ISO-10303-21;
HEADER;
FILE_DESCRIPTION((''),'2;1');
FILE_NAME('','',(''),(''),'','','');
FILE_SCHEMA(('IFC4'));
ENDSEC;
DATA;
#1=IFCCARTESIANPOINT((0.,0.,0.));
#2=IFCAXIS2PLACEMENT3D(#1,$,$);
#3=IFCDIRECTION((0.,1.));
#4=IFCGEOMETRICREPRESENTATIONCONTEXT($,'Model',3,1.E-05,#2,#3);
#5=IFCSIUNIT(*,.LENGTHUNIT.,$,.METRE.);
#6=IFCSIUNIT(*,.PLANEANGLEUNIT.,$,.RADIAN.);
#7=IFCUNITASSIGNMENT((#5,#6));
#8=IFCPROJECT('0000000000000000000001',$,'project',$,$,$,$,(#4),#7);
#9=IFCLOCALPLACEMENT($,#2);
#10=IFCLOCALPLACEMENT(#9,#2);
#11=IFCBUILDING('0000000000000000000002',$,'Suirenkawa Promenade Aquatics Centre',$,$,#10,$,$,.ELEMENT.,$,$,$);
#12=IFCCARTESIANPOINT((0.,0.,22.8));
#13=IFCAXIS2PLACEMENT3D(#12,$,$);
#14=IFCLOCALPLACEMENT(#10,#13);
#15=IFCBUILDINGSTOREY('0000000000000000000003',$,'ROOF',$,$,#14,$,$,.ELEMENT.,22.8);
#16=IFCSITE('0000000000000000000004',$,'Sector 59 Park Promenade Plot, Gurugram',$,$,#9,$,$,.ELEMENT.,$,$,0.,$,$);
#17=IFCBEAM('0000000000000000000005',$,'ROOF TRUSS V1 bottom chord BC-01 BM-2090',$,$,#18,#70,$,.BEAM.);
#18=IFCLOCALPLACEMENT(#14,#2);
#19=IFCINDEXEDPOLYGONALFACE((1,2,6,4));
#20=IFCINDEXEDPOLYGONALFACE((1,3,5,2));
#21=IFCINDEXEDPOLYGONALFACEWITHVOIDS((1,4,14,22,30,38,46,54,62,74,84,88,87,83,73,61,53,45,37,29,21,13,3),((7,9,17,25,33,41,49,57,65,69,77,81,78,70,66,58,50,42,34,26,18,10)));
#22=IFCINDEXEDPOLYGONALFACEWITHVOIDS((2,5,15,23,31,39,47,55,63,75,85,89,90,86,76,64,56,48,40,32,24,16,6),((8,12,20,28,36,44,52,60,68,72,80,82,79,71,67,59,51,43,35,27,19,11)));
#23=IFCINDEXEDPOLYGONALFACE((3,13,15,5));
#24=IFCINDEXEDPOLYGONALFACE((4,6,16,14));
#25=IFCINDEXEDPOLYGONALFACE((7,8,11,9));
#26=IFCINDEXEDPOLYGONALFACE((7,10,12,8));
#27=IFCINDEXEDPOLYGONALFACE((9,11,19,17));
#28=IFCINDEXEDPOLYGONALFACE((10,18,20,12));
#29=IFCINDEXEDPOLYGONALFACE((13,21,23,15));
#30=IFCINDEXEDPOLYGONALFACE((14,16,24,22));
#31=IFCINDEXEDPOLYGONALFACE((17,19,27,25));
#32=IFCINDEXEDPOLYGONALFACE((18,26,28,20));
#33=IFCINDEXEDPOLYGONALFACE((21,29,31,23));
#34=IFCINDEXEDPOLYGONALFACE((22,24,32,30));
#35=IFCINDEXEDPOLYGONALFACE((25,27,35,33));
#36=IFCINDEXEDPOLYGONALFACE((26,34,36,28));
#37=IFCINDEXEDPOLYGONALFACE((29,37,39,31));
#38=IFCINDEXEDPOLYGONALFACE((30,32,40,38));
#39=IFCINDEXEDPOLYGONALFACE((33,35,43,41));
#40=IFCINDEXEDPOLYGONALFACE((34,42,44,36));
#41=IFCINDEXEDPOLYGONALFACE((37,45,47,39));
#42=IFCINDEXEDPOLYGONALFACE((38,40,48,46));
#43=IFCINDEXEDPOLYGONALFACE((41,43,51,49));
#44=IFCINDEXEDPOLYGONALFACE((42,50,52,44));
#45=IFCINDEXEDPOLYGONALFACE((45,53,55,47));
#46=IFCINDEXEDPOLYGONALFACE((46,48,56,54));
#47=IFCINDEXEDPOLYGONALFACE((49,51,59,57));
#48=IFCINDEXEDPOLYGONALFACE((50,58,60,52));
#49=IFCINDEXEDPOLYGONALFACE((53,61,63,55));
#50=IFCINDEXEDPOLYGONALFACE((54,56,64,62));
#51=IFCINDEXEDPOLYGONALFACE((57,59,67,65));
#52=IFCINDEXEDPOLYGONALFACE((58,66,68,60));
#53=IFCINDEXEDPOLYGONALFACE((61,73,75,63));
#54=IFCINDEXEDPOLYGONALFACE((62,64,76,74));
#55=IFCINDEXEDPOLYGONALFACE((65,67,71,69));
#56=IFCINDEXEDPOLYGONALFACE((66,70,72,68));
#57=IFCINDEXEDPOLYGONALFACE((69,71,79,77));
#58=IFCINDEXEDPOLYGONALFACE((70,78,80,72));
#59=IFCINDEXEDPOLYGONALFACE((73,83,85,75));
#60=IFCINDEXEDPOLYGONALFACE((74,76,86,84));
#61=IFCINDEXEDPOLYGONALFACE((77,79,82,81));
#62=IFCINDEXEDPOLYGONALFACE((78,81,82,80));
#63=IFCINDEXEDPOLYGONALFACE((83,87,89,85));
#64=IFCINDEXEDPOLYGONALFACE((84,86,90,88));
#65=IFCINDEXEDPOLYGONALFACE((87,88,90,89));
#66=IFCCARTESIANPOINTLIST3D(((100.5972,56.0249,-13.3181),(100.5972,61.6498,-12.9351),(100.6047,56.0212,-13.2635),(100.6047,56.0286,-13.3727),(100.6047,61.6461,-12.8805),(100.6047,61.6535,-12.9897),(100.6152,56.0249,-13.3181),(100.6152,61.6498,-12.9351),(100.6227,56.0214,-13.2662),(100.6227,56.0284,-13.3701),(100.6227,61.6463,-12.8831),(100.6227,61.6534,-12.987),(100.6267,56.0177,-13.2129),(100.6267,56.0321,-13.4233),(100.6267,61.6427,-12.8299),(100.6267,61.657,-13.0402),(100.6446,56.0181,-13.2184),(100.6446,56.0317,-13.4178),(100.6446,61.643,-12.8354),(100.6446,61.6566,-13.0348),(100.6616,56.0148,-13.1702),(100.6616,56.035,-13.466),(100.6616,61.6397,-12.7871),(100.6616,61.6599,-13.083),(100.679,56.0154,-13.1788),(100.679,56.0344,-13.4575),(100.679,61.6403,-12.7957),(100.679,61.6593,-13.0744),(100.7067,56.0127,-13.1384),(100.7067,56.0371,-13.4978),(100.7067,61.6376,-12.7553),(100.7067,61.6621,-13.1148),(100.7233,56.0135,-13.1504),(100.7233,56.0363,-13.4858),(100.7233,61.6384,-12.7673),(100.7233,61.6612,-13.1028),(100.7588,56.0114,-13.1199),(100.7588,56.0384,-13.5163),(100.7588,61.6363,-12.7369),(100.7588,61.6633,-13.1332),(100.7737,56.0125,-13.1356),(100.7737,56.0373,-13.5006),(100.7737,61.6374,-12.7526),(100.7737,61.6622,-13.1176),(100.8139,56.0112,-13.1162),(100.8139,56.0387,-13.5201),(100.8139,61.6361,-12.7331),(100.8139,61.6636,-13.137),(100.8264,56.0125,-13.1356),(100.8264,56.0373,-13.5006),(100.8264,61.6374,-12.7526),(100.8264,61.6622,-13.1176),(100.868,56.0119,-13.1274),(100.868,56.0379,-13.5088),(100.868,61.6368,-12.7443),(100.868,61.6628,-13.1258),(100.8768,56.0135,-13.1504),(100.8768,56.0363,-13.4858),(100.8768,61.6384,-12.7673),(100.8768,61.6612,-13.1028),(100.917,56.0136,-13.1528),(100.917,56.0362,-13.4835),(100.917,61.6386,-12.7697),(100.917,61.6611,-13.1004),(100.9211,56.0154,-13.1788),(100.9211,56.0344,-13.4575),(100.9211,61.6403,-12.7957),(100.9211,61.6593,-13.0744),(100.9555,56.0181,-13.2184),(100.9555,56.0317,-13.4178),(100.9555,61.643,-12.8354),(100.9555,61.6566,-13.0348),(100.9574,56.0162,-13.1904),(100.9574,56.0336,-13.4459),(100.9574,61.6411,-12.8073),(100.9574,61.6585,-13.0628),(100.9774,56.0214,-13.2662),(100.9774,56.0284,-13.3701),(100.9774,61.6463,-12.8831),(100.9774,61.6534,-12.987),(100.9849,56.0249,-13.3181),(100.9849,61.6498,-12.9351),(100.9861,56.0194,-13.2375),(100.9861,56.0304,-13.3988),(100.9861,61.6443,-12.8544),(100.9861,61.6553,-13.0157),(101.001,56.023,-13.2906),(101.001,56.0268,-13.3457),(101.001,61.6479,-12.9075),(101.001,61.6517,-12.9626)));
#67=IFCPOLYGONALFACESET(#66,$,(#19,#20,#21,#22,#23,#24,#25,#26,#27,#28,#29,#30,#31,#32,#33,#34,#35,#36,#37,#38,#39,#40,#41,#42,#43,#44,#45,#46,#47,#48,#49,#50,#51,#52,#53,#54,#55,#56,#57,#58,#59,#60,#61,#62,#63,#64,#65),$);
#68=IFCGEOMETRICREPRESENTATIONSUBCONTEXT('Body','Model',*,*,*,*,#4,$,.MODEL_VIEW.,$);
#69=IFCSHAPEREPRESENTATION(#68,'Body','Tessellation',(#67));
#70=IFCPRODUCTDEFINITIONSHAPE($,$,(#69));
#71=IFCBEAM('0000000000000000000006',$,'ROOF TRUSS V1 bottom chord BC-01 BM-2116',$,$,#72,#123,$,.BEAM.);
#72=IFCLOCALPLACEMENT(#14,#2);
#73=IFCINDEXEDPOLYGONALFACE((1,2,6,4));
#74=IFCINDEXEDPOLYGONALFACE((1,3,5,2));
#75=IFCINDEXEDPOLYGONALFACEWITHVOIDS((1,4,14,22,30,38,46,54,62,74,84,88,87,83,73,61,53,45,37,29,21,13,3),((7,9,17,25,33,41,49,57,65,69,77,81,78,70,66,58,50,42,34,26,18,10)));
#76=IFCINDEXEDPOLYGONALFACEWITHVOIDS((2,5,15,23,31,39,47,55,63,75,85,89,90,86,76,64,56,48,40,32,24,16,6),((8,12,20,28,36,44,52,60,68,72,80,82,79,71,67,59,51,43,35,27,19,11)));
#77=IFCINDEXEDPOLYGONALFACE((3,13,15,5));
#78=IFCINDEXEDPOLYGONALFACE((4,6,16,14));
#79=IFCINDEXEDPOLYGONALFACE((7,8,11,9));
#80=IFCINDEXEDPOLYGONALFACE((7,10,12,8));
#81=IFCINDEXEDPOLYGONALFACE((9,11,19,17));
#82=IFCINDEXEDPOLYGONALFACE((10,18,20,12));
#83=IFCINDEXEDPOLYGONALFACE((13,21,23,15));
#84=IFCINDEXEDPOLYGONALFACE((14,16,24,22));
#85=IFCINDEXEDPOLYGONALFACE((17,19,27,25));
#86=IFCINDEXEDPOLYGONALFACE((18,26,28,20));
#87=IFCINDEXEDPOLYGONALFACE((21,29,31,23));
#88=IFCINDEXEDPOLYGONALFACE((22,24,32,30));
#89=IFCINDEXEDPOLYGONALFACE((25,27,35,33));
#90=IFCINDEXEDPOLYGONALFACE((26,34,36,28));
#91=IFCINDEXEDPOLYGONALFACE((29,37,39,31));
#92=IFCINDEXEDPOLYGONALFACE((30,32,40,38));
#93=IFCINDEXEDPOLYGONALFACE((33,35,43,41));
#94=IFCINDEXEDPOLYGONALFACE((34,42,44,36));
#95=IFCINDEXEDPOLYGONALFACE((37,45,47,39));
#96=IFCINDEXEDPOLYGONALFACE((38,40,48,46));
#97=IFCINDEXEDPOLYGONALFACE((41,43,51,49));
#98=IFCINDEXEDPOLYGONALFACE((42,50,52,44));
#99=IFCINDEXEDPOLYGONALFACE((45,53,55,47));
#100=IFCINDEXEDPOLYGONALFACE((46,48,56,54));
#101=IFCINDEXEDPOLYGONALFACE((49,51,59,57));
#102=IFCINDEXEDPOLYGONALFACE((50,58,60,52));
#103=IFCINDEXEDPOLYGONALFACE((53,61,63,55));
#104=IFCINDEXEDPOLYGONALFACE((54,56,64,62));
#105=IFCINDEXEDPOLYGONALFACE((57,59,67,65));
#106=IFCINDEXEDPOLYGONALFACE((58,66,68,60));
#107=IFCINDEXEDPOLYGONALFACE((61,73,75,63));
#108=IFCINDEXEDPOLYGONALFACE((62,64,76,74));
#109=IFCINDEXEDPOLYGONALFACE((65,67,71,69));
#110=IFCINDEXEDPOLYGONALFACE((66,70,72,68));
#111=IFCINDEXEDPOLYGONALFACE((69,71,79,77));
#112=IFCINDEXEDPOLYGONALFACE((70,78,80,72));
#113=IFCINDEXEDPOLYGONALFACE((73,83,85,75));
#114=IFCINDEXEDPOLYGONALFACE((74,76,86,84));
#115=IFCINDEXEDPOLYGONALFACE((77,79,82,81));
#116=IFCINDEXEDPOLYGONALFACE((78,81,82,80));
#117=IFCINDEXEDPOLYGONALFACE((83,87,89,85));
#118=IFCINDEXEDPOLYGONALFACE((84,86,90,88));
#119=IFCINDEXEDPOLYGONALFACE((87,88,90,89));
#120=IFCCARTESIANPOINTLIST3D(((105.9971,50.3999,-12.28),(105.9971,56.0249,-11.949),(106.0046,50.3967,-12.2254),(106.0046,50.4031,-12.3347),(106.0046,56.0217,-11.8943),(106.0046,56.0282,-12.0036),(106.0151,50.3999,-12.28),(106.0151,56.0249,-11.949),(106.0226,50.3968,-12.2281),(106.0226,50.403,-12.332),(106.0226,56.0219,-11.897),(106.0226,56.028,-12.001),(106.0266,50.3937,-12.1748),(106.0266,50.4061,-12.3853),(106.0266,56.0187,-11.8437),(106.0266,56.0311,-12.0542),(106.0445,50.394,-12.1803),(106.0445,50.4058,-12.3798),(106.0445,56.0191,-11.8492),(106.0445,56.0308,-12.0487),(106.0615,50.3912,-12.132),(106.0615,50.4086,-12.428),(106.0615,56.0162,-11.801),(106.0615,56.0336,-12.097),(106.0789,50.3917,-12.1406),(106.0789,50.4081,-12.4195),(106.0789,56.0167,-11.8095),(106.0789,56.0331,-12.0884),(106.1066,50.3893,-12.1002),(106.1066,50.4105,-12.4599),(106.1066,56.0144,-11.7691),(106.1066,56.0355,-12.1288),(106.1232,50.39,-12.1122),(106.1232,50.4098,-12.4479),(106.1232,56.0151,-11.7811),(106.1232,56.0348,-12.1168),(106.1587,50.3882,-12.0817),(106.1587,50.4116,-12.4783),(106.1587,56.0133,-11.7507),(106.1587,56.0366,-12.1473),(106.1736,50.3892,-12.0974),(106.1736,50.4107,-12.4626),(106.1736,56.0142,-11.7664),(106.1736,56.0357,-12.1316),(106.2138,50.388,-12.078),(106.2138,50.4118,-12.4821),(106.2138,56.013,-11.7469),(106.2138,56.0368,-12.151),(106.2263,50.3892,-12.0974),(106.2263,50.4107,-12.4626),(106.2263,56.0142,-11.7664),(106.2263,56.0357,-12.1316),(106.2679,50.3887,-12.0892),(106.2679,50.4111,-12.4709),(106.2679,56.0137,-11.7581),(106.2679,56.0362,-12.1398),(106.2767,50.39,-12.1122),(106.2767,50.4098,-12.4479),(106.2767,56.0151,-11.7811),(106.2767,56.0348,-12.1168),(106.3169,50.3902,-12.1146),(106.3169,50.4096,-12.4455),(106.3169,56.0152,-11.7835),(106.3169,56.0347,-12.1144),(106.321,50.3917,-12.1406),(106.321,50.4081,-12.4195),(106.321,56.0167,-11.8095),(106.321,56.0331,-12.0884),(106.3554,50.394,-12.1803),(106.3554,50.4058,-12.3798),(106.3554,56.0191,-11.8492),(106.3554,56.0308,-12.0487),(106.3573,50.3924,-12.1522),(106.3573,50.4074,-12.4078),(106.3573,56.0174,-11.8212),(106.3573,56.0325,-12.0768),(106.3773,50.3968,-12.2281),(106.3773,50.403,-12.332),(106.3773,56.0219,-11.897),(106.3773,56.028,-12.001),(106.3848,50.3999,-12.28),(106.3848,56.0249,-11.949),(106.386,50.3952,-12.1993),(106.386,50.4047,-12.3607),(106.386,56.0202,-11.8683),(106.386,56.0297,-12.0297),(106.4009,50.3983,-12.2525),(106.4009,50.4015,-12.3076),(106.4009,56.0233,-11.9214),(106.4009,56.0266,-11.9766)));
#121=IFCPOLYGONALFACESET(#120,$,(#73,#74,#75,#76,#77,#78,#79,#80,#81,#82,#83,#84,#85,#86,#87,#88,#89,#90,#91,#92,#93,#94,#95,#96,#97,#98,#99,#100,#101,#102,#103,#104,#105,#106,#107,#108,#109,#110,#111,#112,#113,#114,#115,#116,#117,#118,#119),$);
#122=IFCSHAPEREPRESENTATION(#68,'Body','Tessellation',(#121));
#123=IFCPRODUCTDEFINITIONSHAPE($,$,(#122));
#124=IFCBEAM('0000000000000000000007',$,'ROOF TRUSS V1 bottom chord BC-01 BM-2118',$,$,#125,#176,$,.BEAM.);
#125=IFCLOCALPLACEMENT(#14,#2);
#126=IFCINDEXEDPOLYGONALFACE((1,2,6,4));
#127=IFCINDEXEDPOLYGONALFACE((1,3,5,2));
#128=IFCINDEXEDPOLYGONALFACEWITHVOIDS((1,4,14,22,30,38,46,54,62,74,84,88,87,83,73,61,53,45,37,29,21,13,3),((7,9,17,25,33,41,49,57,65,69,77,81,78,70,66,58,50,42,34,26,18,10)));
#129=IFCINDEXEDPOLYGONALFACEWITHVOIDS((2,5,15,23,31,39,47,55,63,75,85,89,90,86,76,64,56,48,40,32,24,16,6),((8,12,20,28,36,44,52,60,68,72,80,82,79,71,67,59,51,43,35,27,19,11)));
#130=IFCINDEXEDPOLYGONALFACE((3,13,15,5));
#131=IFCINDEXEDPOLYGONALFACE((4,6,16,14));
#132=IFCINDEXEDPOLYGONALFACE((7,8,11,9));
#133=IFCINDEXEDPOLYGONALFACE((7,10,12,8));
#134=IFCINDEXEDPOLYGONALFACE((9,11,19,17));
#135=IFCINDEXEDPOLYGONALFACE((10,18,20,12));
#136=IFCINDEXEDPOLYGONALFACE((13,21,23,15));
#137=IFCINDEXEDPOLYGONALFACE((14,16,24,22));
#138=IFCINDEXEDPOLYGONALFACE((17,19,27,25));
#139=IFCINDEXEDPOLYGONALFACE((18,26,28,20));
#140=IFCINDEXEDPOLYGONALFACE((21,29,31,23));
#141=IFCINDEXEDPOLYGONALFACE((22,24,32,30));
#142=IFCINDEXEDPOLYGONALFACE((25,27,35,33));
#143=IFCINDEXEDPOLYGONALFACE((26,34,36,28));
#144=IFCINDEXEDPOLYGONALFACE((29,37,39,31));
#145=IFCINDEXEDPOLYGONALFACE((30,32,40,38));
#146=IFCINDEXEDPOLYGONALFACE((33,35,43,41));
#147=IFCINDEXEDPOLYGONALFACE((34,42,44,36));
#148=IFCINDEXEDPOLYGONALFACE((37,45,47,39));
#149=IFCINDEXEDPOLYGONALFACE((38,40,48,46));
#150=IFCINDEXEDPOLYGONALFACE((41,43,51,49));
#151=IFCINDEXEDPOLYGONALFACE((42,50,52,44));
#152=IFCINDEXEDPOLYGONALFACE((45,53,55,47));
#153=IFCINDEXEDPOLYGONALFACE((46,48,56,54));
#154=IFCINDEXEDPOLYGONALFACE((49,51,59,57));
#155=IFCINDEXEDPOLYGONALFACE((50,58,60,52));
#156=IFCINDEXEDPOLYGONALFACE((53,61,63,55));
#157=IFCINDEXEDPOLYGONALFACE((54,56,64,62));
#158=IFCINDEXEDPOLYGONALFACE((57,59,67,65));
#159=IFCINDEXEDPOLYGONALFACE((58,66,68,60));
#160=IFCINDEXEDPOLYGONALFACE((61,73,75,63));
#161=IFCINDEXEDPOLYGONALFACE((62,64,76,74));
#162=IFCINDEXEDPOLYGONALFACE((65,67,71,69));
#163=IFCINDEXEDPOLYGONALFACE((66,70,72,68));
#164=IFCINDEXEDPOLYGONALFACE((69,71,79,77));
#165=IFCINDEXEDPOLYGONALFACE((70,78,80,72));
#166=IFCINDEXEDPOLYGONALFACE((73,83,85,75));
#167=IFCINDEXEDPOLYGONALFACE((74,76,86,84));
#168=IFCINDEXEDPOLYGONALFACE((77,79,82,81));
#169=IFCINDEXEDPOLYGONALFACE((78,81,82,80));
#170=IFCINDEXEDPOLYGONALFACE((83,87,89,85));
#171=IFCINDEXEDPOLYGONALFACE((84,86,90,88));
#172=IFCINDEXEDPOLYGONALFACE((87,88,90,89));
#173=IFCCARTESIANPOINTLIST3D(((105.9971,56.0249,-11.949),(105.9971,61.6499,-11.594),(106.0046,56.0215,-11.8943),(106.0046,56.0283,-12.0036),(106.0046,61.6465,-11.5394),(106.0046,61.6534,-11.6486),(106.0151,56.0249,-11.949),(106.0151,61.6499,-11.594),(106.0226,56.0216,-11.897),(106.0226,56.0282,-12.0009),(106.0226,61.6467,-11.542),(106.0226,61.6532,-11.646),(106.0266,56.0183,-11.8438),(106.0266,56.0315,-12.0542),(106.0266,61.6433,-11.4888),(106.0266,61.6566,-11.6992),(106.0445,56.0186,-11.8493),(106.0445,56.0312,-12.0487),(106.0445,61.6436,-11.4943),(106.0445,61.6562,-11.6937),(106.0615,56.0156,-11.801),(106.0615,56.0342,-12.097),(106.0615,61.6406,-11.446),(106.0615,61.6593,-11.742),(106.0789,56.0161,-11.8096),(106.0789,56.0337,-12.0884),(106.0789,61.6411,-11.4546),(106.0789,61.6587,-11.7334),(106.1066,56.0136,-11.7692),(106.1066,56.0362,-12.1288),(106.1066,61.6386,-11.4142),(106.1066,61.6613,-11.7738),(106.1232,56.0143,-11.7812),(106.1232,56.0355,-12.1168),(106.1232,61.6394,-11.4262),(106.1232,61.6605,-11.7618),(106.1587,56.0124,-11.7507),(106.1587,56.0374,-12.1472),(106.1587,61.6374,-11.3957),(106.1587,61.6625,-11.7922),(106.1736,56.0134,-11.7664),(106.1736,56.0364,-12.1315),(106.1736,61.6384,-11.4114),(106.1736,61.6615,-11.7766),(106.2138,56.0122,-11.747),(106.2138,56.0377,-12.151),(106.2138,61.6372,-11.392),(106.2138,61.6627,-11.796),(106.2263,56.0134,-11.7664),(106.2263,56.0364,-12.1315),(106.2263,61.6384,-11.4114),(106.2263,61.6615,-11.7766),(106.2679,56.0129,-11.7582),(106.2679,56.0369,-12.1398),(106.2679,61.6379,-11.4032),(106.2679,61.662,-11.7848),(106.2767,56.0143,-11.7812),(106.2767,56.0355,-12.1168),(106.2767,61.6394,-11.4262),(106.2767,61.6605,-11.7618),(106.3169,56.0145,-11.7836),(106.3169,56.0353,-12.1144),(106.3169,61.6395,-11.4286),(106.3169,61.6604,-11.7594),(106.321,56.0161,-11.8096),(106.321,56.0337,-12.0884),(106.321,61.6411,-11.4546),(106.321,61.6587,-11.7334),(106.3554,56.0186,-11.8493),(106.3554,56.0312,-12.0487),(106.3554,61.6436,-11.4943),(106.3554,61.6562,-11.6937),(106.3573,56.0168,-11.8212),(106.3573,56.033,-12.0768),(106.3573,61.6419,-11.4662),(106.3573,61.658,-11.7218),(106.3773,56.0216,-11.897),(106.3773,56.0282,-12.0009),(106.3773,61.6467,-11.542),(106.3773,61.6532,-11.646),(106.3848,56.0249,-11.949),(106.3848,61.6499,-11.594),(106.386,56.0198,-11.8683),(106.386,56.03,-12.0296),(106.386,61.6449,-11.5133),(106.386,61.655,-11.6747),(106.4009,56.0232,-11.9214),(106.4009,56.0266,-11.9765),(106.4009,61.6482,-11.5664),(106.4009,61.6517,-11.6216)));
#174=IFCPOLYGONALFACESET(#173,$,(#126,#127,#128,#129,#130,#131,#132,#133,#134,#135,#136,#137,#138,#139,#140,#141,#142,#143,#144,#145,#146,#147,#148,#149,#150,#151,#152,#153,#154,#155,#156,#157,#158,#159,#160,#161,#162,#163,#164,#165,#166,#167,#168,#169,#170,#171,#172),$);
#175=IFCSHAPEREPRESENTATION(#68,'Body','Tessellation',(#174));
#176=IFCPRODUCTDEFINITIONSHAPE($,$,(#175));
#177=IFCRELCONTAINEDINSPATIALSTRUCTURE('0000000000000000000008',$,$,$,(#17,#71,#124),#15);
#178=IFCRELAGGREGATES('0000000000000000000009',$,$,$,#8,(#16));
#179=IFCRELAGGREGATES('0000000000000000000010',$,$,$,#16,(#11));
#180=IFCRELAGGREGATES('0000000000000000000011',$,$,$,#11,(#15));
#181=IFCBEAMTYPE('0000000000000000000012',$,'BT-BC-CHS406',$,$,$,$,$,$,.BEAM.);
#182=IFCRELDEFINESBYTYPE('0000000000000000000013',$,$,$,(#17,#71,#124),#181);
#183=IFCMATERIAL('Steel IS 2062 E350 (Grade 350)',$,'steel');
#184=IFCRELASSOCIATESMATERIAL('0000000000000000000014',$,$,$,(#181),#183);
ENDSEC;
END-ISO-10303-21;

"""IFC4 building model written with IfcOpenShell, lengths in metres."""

from ifc_helpers import new_model, si_unit, direction, frame, origin, origin_2d, place, context, subcontext, project, spatial, hollow_circle, extrude, material, material_profile, profile_set, type_object, element, save


model = new_model("IFC4")

# Units and contexts
model_context = context("Model", 3, precision=1e-05, world=origin(), true_north=direction((0.0, 1.0)))
body_context = subcontext(model_context, "Body", "Model", "MODEL_VIEW")
ifc_project = project(units=[si_unit("LENGTHUNIT", "METRE"), si_unit("PLANEANGLEUNIT", "RADIAN")], contexts=[model_context])

# Site, building, storey
site_placement = place(None, origin())
site = spatial("IfcSite", under=ifc_project, at=site_placement, Name="Sector 59 Park Promenade Plot, Gurugram", CompositionType="ELEMENT", RefElevation=0.0)
building_placement = place(site_placement, origin())
building = spatial("IfcBuilding", under=site, at=building_placement, Name="Suirenkawa Promenade Aquatics Centre", CompositionType="ELEMENT")
storey_placement = place(building_placement, frame((0.0, 0.0, 22.8)))
storey = spatial("IfcBuildingStorey", under=building, at=storey_placement, Name="ROOF", CompositionType="ELEMENT", Elevation=22.8)

# Beams
ifc_material_1 = material(Name="Steel IS 2062 E350 (Grade 350)", Category="steel")
ifc_material_profile_1 = material_profile(ifc_material_1, hollow_circle(Radius=0.2029, WallThickness=0.0181, at=origin_2d()), Name="CHS 406x18", Category="steel")
ifc_profile_set_1 = profile_set([ifc_material_profile_1], Name="Steel IS 2062 E350 (Grade 350)")
beam_type_1 = type_object("IfcBeamType", Name="BT-BC-CHS406", PredefinedType="BEAM", material=ifc_profile_set_1)
beam_1_placement = place(storey_placement, frame((100.8, 56.0249, -13.3181), z_axis=(0.0, 0.997689, 0.067942), x_axis=(-1.0, 0.0, 0.0)))
element("IfcBeam", 1, at=beam_1_placement, inside=storey, type_object=beam_type_1, Name="ROOF TRUSS V1 bottom chord BC-01 BM-2090", PredefinedType="BEAM", context=body_context, shape_type="SweptSolid", body=[
    extrude(hollow_circle(Radius=0.2029, WallThickness=0.0181, at=origin_2d()), origin(), (0.0, 0.0, 1.0), 5.6379),
])
beam_2_placement = place(storey_placement, frame((106.2, 50.3999, -12.28), z_axis=(0.0, 0.998273, 0.058753), x_axis=(-1.0, 0.0, 0.0)))
element("IfcBeam", 2, at=beam_2_placement, inside=storey, type_object=beam_type_1, Name="ROOF TRUSS V1 bottom chord BC-01 BM-2116", PredefinedType="BEAM", context=body_context, shape_type="SweptSolid", body=[
    extrude(hollow_circle(Radius=0.2029, WallThickness=0.0181, at=origin_2d()), origin(), (0.0, 0.0, 1.0), 5.6348),
])
beam_3_placement = place(storey_placement, frame((106.2, 56.0249, -11.949), z_axis=(0.0, 0.998015, 0.062982), x_axis=(-1.0, 0.0, 0.0)))
element("IfcBeam", 3, at=beam_3_placement, inside=storey, type_object=beam_type_1, Name="ROOF TRUSS V1 bottom chord BC-01 BM-2118", PredefinedType="BEAM", context=body_context, shape_type="SweptSolid", body=[
    extrude(hollow_circle(Radius=0.2029, WallThickness=0.0181, at=origin_2d()), origin(), (0.0, 0.0, 1.0), 5.6362),
])

save(model, "model.ifc")
